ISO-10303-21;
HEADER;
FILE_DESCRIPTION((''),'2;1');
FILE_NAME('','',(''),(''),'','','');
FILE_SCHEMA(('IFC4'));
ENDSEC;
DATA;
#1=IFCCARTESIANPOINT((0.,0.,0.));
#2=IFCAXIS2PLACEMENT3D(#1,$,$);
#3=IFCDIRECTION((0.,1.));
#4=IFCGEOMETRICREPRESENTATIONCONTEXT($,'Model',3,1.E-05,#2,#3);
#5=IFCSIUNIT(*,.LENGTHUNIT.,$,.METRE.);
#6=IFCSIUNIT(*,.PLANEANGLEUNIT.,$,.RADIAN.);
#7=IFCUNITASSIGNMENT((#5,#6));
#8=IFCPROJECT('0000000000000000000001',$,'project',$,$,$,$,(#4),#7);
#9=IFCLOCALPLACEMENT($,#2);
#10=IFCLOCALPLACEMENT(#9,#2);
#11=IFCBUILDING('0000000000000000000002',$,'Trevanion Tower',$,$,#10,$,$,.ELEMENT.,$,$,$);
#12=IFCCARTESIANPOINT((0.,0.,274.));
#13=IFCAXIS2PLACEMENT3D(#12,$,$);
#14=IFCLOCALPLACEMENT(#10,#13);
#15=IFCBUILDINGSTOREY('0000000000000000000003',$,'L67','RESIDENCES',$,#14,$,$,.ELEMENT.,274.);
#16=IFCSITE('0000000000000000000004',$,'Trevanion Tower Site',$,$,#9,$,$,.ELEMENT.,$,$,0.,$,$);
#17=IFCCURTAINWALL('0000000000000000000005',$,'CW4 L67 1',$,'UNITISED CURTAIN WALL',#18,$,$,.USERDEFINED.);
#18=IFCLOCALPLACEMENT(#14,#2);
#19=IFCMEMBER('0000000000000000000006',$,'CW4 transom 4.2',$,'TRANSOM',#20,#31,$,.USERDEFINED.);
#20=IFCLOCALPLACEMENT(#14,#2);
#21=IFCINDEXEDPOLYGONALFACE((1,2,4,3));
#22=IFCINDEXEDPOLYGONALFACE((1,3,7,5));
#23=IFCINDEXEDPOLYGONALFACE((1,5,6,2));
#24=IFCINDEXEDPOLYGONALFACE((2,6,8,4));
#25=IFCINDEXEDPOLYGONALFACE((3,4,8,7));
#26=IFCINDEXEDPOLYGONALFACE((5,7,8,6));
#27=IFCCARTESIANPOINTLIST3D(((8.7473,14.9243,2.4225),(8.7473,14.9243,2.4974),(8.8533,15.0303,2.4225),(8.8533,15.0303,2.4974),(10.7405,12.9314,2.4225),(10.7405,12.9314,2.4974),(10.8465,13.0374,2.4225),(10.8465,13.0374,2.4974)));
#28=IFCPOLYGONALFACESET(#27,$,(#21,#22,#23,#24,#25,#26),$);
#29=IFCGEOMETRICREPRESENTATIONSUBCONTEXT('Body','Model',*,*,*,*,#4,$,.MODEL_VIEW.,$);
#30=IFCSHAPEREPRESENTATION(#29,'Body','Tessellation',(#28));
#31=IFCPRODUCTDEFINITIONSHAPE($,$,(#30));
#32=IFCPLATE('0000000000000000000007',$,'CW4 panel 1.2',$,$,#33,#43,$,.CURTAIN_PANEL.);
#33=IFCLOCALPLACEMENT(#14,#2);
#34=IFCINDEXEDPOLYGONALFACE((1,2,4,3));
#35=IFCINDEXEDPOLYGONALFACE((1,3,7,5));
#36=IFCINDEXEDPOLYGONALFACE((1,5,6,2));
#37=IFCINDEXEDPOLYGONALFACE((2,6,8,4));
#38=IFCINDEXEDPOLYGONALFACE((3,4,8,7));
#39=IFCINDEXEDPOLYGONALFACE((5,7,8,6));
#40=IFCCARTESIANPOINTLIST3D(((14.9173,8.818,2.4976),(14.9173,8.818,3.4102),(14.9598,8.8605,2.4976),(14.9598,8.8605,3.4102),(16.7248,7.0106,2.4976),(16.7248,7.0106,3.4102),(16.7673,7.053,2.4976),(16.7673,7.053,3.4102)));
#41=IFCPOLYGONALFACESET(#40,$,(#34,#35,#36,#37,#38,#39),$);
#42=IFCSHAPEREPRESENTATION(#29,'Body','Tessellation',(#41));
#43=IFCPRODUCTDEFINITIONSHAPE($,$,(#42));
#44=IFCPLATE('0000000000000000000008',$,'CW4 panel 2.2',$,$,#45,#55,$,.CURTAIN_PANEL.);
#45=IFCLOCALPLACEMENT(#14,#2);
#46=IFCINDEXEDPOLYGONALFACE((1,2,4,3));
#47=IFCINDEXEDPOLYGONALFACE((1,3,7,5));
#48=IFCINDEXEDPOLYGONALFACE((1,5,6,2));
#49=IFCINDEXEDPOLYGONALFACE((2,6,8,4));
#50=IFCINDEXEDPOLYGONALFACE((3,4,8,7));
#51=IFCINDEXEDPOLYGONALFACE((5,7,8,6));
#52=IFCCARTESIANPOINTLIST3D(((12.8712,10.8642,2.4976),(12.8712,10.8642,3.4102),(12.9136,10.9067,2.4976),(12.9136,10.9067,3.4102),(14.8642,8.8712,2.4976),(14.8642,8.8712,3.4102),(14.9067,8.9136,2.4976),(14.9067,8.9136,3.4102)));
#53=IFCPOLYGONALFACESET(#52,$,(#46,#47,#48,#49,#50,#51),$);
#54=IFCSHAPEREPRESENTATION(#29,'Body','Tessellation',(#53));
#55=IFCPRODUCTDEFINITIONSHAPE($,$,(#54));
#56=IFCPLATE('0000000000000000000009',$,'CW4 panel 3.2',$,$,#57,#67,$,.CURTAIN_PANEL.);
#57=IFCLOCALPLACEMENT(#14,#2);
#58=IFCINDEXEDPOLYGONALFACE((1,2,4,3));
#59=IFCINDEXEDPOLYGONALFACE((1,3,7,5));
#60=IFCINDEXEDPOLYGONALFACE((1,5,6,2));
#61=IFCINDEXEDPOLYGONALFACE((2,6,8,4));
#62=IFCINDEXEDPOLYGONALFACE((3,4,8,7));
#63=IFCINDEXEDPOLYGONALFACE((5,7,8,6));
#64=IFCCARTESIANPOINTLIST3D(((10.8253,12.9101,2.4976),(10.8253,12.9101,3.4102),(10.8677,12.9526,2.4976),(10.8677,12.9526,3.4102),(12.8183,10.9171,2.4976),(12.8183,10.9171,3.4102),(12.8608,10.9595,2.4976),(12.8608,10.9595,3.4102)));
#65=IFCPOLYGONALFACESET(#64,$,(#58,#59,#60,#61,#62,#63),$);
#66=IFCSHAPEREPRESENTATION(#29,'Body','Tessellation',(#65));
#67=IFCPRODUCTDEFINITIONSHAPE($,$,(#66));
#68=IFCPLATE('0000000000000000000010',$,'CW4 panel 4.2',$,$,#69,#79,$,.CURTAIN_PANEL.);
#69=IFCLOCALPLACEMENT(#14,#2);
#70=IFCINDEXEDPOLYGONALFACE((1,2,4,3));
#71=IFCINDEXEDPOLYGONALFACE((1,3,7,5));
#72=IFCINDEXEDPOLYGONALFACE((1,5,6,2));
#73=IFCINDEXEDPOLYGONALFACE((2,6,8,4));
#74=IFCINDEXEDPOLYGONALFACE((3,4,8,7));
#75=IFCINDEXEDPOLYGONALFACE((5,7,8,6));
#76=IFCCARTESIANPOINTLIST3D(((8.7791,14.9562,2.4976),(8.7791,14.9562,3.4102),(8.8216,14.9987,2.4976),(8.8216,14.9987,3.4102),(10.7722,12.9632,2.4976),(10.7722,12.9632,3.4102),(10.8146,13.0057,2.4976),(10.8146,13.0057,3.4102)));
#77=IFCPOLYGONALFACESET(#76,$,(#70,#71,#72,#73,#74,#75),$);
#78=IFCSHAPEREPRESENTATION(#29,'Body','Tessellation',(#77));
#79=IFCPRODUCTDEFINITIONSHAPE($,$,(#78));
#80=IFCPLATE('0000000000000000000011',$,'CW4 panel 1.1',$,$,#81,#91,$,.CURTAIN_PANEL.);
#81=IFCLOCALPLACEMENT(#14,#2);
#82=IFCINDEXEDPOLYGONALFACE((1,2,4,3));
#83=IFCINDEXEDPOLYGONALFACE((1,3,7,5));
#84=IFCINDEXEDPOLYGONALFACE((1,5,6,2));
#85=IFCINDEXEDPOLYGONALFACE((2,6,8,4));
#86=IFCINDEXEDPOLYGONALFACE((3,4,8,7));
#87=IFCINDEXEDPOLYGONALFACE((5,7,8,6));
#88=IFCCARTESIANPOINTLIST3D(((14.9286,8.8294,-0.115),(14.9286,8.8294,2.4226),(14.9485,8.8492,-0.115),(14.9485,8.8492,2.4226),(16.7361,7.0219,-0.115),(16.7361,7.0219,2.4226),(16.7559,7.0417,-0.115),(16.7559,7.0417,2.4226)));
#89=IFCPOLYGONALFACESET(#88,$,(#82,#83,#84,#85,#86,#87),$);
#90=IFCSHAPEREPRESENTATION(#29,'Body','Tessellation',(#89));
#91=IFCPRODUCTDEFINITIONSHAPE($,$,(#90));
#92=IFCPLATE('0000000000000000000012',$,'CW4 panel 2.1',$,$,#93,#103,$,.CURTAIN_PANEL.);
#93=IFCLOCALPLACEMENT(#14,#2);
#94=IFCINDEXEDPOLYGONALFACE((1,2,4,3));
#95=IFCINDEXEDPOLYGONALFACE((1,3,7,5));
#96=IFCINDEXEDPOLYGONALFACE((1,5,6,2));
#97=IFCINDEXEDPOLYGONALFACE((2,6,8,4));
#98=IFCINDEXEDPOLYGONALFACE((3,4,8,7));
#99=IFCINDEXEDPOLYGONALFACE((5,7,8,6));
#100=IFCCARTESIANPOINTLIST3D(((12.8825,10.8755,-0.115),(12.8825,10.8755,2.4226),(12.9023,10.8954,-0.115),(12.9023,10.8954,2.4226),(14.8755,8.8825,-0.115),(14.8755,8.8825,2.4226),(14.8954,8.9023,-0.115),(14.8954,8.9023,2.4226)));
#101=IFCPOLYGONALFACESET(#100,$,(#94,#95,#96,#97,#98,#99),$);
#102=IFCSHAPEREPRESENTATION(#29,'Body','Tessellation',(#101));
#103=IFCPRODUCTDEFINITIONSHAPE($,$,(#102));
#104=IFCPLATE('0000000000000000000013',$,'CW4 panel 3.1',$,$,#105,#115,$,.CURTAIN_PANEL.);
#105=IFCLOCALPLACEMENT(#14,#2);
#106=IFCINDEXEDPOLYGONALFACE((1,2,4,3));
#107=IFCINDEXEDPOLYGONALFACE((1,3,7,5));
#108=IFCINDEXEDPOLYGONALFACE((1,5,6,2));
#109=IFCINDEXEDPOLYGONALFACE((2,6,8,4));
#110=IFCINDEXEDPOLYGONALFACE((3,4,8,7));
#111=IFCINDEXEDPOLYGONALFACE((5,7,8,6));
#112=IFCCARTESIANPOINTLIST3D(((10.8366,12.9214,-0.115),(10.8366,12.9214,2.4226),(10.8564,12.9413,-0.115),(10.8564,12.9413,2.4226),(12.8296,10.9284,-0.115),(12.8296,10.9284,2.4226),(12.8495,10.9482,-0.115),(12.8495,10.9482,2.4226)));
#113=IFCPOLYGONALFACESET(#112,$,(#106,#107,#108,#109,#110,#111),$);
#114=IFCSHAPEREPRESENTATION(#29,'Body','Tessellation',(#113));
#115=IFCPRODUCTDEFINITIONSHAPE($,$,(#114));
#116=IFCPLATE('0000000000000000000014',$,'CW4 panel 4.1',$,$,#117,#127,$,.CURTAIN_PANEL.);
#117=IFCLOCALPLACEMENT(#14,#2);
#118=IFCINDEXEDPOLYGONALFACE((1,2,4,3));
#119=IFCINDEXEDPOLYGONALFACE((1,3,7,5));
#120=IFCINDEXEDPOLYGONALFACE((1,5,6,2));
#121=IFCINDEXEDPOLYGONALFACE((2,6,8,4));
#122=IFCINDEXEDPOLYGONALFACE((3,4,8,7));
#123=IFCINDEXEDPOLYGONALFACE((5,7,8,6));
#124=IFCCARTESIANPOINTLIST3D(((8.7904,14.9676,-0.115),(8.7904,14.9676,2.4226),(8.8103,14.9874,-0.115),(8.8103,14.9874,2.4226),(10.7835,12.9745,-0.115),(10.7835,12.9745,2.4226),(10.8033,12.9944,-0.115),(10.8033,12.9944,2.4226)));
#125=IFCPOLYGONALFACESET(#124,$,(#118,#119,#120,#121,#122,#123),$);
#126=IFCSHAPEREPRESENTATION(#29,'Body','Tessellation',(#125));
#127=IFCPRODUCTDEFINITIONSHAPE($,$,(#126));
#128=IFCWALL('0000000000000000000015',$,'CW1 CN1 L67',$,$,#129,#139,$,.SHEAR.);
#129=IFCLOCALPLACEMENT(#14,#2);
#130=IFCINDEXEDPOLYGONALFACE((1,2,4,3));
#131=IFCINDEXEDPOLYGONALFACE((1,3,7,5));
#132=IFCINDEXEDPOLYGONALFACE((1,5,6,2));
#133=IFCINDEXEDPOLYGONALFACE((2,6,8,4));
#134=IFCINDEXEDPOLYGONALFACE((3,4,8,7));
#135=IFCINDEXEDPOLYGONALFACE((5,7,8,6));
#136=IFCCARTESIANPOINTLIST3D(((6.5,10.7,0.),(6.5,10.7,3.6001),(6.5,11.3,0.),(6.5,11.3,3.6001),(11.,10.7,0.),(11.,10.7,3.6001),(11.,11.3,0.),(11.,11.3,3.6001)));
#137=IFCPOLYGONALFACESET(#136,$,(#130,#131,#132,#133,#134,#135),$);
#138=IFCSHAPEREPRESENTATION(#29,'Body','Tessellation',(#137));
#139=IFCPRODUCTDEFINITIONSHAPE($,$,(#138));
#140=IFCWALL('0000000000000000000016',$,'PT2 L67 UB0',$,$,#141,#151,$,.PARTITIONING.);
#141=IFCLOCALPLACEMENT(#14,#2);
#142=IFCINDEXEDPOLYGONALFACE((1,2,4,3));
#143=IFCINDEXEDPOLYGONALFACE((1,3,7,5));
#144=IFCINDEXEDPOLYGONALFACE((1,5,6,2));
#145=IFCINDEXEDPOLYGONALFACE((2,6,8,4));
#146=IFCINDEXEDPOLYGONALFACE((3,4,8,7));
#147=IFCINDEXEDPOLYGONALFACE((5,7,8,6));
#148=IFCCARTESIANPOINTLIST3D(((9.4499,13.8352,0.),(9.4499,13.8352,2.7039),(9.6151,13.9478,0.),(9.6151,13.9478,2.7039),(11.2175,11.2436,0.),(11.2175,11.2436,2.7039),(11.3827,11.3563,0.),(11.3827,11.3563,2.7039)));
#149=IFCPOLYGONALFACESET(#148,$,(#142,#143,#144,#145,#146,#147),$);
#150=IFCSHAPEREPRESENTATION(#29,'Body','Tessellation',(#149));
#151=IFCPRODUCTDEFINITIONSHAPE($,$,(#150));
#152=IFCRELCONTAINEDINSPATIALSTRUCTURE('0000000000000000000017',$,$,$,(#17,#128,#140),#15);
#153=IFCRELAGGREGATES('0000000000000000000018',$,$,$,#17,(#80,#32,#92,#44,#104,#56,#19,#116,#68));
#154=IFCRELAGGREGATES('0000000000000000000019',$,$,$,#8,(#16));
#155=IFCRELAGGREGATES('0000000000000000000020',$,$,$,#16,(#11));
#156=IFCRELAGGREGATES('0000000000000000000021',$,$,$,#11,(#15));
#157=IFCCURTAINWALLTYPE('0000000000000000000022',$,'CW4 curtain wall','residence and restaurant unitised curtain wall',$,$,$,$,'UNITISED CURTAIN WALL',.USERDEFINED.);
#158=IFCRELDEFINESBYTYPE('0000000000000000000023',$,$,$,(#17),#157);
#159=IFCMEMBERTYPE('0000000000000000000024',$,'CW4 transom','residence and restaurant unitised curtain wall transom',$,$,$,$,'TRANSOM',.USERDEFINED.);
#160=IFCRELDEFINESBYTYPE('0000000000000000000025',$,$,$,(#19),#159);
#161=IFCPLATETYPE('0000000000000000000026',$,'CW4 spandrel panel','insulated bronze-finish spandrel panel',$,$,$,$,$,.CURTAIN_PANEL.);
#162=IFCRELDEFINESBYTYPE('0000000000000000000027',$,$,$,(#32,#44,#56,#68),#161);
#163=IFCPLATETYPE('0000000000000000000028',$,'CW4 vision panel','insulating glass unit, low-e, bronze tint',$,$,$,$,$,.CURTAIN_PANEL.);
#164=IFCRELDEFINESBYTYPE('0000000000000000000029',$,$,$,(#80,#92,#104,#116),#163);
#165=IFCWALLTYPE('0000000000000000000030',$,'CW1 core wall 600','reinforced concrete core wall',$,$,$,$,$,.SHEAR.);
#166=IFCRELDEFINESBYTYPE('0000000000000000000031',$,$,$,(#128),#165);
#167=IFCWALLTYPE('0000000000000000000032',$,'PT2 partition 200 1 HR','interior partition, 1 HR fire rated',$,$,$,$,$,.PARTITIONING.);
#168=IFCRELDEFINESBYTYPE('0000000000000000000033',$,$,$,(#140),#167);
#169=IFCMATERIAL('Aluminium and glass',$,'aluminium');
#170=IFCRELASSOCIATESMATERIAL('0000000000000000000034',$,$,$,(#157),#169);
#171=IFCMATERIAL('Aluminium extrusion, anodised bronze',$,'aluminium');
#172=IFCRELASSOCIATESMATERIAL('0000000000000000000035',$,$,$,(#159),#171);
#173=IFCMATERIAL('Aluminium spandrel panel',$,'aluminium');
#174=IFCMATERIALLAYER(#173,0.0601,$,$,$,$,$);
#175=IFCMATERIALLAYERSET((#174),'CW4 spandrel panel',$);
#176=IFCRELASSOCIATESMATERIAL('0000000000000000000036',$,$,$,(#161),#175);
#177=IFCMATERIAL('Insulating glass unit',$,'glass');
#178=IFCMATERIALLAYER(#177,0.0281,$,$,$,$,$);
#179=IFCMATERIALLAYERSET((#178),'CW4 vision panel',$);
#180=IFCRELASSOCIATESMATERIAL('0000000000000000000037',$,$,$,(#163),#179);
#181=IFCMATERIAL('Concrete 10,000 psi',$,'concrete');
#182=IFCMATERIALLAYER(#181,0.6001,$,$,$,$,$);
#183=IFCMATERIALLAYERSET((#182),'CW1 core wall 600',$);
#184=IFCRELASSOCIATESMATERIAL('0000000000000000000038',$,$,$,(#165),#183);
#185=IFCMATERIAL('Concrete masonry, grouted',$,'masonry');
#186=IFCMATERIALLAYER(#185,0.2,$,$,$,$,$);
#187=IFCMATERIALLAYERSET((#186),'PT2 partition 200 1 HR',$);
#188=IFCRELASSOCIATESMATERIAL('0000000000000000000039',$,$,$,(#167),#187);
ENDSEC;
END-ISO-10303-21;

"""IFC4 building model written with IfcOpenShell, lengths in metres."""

from ifc_helpers import new_model, si_unit, direction, frame, frame_2d, origin, origin_2d, place, context, subcontext, project, spatial, rectangle, extrude, material, layer, layer_set, material_profile, profile_set, type_object, element, aggregate, save


model = new_model("IFC4")

# Units and contexts
model_context = context("Model", 3, precision=1e-05, world=origin(), true_north=direction((0.0, 1.0)))
body_context = subcontext(model_context, "Body", "Model", "MODEL_VIEW")
ifc_project = project(units=[si_unit("LENGTHUNIT", "METRE"), si_unit("PLANEANGLEUNIT", "RADIAN")], contexts=[model_context])

# Site, building, storey
site_placement = place(None, origin())
site = spatial("IfcSite", under=ifc_project, at=site_placement, Name="Trevanion Tower Site", CompositionType="ELEMENT", RefElevation=0.0)
building_placement = place(site_placement, origin())
building = spatial("IfcBuilding", under=site, at=building_placement, Name="Trevanion Tower", CompositionType="ELEMENT")
storey_placement = place(building_placement, frame((0.0, 0.0, 274.0)))
storey = spatial("IfcBuildingStorey", under=building, at=storey_placement, Name="L67", Description="RESIDENCES", CompositionType="ELEMENT", Elevation=274.0)

# Curtain wall, member, plates
ifc_material_1 = material(Name="Aluminium and glass", Category="aluminium")
curtain_wall_type = type_object("IfcCurtainWallType", Name="CW4 curtain wall", Description="residence and restaurant unitised curtain wall", ElementType="UNITISED CURTAIN WALL", PredefinedType="USERDEFINED", material=ifc_material_1)
curtain_wall_placement = place(storey_placement, origin())
curtain_wall = element("IfcCurtainWall", 1, at=curtain_wall_placement, inside=storey, type_object=curtain_wall_type, Name="CW4 L67 1", ObjectType="UNITISED CURTAIN WALL", PredefinedType="USERDEFINED")
ifc_material_2 = material(Name="Aluminium extrusion, anodised bronze", Category="aluminium")
ifc_material_profile_1 = material_profile(ifc_material_2, rectangle(XDim=0.1499, YDim=0.075, at=origin_2d()), Name="CW4 transom")
ifc_profile_set_1 = profile_set([ifc_material_profile_1], Name="Aluminium extrusion, anodised bronze")
member_type_1 = type_object("IfcMemberType", Name="CW4 transom", Description="residence and restaurant unitised curtain wall transom", ElementType="TRANSOM", PredefinedType="USERDEFINED", material=ifc_profile_set_1)
member_1_placement = place(storey_placement, frame((10.7935, 12.9844, 2.46), z_axis=(-0.70715, 0.707063, 0.0), x_axis=(-0.707063, -0.70715, 0.0)))
member_1 = element("IfcMember", 2, at=member_1_placement, type_object=member_type_1, Name="CW4 transom 4.2", ObjectType="TRANSOM", PredefinedType="USERDEFINED", context=body_context, shape_type="SweptSolid", body=[
    extrude(rectangle(XDim=0.1499, YDim=0.075, at=origin_2d()), origin(), (0.0, 0.0, 1.0), 2.8186),
])
ifc_material_3 = material(Name="Aluminium spandrel panel", Category="aluminium")
ifc_layer_1 = layer(ifc_material_3, 0.0601)
ifc_layer_set_1 = layer_set([ifc_layer_1], Name="CW4 spandrel panel")
plate_type_1 = type_object("IfcPlateType", Name="CW4 spandrel panel", Description="insulated bronze-finish spandrel panel", PredefinedType="CURTAIN_PANEL", material=ifc_layer_set_1)
plate_1_placement = place(storey_placement, frame((15.8423, 7.9355, 2.4976), z_axis=(0.0, 0.0, 1.0), x_axis=(-0.707107, 0.707107, 0.0)))
plate_1 = element("IfcPlate", 3, at=plate_1_placement, type_object=plate_type_1, Name="CW4 panel 1.2", PredefinedType="CURTAIN_PANEL", context=body_context, shape_type="SweptSolid", body=[
    extrude(rectangle(XDim=2.5562, YDim=0.0601, at=origin_2d()), origin(), (0.0, 0.0, 1.0), 0.9126),
])
plate_2_placement = place(storey_placement, frame((13.8889, 9.8889, 2.4976), z_axis=(0.0, 0.0, 1.0), x_axis=(-0.707107, 0.707107, 0.0)))
plate_2 = element("IfcPlate", 4, at=plate_2_placement, type_object=plate_type_1, Name="CW4 panel 2.2", PredefinedType="CURTAIN_PANEL", context=body_context, shape_type="SweptSolid", body=[
    extrude(rectangle(XDim=2.8186, YDim=0.0601, at=origin_2d()), origin(), (0.0, 0.0, 1.0), 0.9126),
])
plate_3_placement = place(storey_placement, frame((11.843, 11.9348, 2.4976), z_axis=(0.0, 0.0, 1.0), x_axis=(-0.707107, 0.707107, 0.0)))
plate_3 = element("IfcPlate", 5, at=plate_3_placement, type_object=plate_type_1, Name="CW4 panel 3.2", PredefinedType="CURTAIN_PANEL", context=body_context, shape_type="SweptSolid", body=[
    extrude(rectangle(XDim=2.8186, YDim=0.0601, at=origin_2d()), origin(), (0.0, 0.0, 1.0), 0.9126),
])
plate_4_placement = place(storey_placement, frame((9.7969, 13.981, 2.4976), z_axis=(0.0, 0.0, 1.0), x_axis=(-0.707107, 0.707107, 0.0)))
plate_4 = element("IfcPlate", 6, at=plate_4_placement, type_object=plate_type_1, Name="CW4 panel 4.2", PredefinedType="CURTAIN_PANEL", context=body_context, shape_type="SweptSolid", body=[
    extrude(rectangle(XDim=2.8186, YDim=0.0601, at=origin_2d()), origin(), (0.0, 0.0, 1.0), 0.9126),
])
ifc_material_4 = material(Name="Insulating glass unit", Category="glass")
ifc_layer_2 = layer(ifc_material_4, 0.0281)
ifc_layer_set_2 = layer_set([ifc_layer_2], Name="CW4 vision panel")
plate_type_2 = type_object("IfcPlateType", Name="CW4 vision panel", Description="insulating glass unit, low-e, bronze tint", PredefinedType="CURTAIN_PANEL", material=ifc_layer_set_2)
plate_5_placement = place(storey_placement, frame((15.8423, 7.9355, -0.115), z_axis=(0.0, 0.0, 1.0), x_axis=(-0.707107, 0.707107, 0.0)))
plate_5 = element("IfcPlate", 7, at=plate_5_placement, type_object=plate_type_2, Name="CW4 panel 1.1", PredefinedType="CURTAIN_PANEL", context=body_context, shape_type="SweptSolid", body=[
    extrude(rectangle(XDim=2.5562, YDim=0.0281, at=origin_2d()), origin(), (0.0, 0.0, 1.0), 2.5376),
])
plate_6_placement = place(storey_placement, frame((13.8889, 9.8889, -0.115), z_axis=(0.0, 0.0, 1.0), x_axis=(-0.707107, 0.707107, 0.0)))
plate_6 = element("IfcPlate", 8, at=plate_6_placement, type_object=plate_type_2, Name="CW4 panel 2.1", PredefinedType="CURTAIN_PANEL", context=body_context, shape_type="SweptSolid", body=[
    extrude(rectangle(XDim=2.8186, YDim=0.0281, at=origin_2d()), origin(), (0.0, 0.0, 1.0), 2.5376),
])
plate_7_placement = place(storey_placement, frame((11.843, 11.9348, -0.115), z_axis=(0.0, 0.0, 1.0), x_axis=(-0.707107, 0.707107, 0.0)))
plate_7 = element("IfcPlate", 9, at=plate_7_placement, type_object=plate_type_2, Name="CW4 panel 3.1", PredefinedType="CURTAIN_PANEL", context=body_context, shape_type="SweptSolid", body=[
    extrude(rectangle(XDim=2.8186, YDim=0.0281, at=origin_2d()), origin(), (0.0, 0.0, 1.0), 2.5376),
])
plate_8_placement = place(storey_placement, frame((9.7969, 13.981, -0.115), z_axis=(0.0, 0.0, 1.0), x_axis=(-0.707107, 0.707107, 0.0)))
plate_8 = element("IfcPlate", 10, at=plate_8_placement, type_object=plate_type_2, Name="CW4 panel 4.1", PredefinedType="CURTAIN_PANEL", context=body_context, shape_type="SweptSolid", body=[
    extrude(rectangle(XDim=2.8186, YDim=0.0281, at=origin_2d()), origin(), (0.0, 0.0, 1.0), 2.5376),
])
aggregate(curtain_wall, [plate_5, plate_1, plate_6, plate_2, plate_7, plate_3, member_1, plate_8, plate_4])

# Walls
ifc_material_5 = material(Name="Concrete 10,000 psi", Category="concrete")
ifc_layer_3 = layer(ifc_material_5, 0.6001)
ifc_layer_set_3 = layer_set([ifc_layer_3], Name="CW1 core wall 600")
wall_type_1 = type_object("IfcWallType", Name="CW1 core wall 600", Description="reinforced concrete core wall", PredefinedType="SHEAR", material=ifc_layer_set_3)
wall_1_placement = place(storey_placement, frame((11.0, 11.0, 0.0), z_axis=(0.0, 0.0, 1.0), x_axis=(-1.0, 0.0, 0.0)))
element("IfcWall", 11, at=wall_1_placement, inside=storey, type_object=wall_type_1, Name="CW1 CN1 L67", PredefinedType="SHEAR", context=body_context, shape_type="SweptSolid", body=[
    extrude(rectangle(XDim=4.5, YDim=0.6001, at=frame_2d((2.25, 0.0))), origin(), (0.0, 0.0, 1.0), 3.6001),
])
ifc_material_6 = material(Name="Concrete masonry, grouted", Category="masonry")
ifc_layer_4 = layer(ifc_material_6, 0.2)
ifc_layer_set_4 = layer_set([ifc_layer_4], Name="PT2 partition 200 1 HR")
wall_type_2 = type_object("IfcWallType", Name="PT2 partition 200 1 HR", Description="interior partition, 1 HR fire rated", PredefinedType="PARTITIONING", material=ifc_layer_set_4)
wall_2_placement = place(storey_placement, frame((11.3, 11.3, 0.0), z_axis=(0.0, 0.0, 1.0), x_axis=(-0.56347, 0.826137, 0.0)))
element("IfcWall", 12, at=wall_2_placement, inside=storey, type_object=wall_type_2, Name="PT2 L67 UB0", PredefinedType="PARTITIONING", context=body_context, shape_type="SweptSolid", body=[
    extrude(rectangle(XDim=3.137, YDim=0.2, at=frame_2d((1.5684, 0.0))), origin(), (0.0, 0.0, 1.0), 2.7039),
])

save(model, "model.ifc")
